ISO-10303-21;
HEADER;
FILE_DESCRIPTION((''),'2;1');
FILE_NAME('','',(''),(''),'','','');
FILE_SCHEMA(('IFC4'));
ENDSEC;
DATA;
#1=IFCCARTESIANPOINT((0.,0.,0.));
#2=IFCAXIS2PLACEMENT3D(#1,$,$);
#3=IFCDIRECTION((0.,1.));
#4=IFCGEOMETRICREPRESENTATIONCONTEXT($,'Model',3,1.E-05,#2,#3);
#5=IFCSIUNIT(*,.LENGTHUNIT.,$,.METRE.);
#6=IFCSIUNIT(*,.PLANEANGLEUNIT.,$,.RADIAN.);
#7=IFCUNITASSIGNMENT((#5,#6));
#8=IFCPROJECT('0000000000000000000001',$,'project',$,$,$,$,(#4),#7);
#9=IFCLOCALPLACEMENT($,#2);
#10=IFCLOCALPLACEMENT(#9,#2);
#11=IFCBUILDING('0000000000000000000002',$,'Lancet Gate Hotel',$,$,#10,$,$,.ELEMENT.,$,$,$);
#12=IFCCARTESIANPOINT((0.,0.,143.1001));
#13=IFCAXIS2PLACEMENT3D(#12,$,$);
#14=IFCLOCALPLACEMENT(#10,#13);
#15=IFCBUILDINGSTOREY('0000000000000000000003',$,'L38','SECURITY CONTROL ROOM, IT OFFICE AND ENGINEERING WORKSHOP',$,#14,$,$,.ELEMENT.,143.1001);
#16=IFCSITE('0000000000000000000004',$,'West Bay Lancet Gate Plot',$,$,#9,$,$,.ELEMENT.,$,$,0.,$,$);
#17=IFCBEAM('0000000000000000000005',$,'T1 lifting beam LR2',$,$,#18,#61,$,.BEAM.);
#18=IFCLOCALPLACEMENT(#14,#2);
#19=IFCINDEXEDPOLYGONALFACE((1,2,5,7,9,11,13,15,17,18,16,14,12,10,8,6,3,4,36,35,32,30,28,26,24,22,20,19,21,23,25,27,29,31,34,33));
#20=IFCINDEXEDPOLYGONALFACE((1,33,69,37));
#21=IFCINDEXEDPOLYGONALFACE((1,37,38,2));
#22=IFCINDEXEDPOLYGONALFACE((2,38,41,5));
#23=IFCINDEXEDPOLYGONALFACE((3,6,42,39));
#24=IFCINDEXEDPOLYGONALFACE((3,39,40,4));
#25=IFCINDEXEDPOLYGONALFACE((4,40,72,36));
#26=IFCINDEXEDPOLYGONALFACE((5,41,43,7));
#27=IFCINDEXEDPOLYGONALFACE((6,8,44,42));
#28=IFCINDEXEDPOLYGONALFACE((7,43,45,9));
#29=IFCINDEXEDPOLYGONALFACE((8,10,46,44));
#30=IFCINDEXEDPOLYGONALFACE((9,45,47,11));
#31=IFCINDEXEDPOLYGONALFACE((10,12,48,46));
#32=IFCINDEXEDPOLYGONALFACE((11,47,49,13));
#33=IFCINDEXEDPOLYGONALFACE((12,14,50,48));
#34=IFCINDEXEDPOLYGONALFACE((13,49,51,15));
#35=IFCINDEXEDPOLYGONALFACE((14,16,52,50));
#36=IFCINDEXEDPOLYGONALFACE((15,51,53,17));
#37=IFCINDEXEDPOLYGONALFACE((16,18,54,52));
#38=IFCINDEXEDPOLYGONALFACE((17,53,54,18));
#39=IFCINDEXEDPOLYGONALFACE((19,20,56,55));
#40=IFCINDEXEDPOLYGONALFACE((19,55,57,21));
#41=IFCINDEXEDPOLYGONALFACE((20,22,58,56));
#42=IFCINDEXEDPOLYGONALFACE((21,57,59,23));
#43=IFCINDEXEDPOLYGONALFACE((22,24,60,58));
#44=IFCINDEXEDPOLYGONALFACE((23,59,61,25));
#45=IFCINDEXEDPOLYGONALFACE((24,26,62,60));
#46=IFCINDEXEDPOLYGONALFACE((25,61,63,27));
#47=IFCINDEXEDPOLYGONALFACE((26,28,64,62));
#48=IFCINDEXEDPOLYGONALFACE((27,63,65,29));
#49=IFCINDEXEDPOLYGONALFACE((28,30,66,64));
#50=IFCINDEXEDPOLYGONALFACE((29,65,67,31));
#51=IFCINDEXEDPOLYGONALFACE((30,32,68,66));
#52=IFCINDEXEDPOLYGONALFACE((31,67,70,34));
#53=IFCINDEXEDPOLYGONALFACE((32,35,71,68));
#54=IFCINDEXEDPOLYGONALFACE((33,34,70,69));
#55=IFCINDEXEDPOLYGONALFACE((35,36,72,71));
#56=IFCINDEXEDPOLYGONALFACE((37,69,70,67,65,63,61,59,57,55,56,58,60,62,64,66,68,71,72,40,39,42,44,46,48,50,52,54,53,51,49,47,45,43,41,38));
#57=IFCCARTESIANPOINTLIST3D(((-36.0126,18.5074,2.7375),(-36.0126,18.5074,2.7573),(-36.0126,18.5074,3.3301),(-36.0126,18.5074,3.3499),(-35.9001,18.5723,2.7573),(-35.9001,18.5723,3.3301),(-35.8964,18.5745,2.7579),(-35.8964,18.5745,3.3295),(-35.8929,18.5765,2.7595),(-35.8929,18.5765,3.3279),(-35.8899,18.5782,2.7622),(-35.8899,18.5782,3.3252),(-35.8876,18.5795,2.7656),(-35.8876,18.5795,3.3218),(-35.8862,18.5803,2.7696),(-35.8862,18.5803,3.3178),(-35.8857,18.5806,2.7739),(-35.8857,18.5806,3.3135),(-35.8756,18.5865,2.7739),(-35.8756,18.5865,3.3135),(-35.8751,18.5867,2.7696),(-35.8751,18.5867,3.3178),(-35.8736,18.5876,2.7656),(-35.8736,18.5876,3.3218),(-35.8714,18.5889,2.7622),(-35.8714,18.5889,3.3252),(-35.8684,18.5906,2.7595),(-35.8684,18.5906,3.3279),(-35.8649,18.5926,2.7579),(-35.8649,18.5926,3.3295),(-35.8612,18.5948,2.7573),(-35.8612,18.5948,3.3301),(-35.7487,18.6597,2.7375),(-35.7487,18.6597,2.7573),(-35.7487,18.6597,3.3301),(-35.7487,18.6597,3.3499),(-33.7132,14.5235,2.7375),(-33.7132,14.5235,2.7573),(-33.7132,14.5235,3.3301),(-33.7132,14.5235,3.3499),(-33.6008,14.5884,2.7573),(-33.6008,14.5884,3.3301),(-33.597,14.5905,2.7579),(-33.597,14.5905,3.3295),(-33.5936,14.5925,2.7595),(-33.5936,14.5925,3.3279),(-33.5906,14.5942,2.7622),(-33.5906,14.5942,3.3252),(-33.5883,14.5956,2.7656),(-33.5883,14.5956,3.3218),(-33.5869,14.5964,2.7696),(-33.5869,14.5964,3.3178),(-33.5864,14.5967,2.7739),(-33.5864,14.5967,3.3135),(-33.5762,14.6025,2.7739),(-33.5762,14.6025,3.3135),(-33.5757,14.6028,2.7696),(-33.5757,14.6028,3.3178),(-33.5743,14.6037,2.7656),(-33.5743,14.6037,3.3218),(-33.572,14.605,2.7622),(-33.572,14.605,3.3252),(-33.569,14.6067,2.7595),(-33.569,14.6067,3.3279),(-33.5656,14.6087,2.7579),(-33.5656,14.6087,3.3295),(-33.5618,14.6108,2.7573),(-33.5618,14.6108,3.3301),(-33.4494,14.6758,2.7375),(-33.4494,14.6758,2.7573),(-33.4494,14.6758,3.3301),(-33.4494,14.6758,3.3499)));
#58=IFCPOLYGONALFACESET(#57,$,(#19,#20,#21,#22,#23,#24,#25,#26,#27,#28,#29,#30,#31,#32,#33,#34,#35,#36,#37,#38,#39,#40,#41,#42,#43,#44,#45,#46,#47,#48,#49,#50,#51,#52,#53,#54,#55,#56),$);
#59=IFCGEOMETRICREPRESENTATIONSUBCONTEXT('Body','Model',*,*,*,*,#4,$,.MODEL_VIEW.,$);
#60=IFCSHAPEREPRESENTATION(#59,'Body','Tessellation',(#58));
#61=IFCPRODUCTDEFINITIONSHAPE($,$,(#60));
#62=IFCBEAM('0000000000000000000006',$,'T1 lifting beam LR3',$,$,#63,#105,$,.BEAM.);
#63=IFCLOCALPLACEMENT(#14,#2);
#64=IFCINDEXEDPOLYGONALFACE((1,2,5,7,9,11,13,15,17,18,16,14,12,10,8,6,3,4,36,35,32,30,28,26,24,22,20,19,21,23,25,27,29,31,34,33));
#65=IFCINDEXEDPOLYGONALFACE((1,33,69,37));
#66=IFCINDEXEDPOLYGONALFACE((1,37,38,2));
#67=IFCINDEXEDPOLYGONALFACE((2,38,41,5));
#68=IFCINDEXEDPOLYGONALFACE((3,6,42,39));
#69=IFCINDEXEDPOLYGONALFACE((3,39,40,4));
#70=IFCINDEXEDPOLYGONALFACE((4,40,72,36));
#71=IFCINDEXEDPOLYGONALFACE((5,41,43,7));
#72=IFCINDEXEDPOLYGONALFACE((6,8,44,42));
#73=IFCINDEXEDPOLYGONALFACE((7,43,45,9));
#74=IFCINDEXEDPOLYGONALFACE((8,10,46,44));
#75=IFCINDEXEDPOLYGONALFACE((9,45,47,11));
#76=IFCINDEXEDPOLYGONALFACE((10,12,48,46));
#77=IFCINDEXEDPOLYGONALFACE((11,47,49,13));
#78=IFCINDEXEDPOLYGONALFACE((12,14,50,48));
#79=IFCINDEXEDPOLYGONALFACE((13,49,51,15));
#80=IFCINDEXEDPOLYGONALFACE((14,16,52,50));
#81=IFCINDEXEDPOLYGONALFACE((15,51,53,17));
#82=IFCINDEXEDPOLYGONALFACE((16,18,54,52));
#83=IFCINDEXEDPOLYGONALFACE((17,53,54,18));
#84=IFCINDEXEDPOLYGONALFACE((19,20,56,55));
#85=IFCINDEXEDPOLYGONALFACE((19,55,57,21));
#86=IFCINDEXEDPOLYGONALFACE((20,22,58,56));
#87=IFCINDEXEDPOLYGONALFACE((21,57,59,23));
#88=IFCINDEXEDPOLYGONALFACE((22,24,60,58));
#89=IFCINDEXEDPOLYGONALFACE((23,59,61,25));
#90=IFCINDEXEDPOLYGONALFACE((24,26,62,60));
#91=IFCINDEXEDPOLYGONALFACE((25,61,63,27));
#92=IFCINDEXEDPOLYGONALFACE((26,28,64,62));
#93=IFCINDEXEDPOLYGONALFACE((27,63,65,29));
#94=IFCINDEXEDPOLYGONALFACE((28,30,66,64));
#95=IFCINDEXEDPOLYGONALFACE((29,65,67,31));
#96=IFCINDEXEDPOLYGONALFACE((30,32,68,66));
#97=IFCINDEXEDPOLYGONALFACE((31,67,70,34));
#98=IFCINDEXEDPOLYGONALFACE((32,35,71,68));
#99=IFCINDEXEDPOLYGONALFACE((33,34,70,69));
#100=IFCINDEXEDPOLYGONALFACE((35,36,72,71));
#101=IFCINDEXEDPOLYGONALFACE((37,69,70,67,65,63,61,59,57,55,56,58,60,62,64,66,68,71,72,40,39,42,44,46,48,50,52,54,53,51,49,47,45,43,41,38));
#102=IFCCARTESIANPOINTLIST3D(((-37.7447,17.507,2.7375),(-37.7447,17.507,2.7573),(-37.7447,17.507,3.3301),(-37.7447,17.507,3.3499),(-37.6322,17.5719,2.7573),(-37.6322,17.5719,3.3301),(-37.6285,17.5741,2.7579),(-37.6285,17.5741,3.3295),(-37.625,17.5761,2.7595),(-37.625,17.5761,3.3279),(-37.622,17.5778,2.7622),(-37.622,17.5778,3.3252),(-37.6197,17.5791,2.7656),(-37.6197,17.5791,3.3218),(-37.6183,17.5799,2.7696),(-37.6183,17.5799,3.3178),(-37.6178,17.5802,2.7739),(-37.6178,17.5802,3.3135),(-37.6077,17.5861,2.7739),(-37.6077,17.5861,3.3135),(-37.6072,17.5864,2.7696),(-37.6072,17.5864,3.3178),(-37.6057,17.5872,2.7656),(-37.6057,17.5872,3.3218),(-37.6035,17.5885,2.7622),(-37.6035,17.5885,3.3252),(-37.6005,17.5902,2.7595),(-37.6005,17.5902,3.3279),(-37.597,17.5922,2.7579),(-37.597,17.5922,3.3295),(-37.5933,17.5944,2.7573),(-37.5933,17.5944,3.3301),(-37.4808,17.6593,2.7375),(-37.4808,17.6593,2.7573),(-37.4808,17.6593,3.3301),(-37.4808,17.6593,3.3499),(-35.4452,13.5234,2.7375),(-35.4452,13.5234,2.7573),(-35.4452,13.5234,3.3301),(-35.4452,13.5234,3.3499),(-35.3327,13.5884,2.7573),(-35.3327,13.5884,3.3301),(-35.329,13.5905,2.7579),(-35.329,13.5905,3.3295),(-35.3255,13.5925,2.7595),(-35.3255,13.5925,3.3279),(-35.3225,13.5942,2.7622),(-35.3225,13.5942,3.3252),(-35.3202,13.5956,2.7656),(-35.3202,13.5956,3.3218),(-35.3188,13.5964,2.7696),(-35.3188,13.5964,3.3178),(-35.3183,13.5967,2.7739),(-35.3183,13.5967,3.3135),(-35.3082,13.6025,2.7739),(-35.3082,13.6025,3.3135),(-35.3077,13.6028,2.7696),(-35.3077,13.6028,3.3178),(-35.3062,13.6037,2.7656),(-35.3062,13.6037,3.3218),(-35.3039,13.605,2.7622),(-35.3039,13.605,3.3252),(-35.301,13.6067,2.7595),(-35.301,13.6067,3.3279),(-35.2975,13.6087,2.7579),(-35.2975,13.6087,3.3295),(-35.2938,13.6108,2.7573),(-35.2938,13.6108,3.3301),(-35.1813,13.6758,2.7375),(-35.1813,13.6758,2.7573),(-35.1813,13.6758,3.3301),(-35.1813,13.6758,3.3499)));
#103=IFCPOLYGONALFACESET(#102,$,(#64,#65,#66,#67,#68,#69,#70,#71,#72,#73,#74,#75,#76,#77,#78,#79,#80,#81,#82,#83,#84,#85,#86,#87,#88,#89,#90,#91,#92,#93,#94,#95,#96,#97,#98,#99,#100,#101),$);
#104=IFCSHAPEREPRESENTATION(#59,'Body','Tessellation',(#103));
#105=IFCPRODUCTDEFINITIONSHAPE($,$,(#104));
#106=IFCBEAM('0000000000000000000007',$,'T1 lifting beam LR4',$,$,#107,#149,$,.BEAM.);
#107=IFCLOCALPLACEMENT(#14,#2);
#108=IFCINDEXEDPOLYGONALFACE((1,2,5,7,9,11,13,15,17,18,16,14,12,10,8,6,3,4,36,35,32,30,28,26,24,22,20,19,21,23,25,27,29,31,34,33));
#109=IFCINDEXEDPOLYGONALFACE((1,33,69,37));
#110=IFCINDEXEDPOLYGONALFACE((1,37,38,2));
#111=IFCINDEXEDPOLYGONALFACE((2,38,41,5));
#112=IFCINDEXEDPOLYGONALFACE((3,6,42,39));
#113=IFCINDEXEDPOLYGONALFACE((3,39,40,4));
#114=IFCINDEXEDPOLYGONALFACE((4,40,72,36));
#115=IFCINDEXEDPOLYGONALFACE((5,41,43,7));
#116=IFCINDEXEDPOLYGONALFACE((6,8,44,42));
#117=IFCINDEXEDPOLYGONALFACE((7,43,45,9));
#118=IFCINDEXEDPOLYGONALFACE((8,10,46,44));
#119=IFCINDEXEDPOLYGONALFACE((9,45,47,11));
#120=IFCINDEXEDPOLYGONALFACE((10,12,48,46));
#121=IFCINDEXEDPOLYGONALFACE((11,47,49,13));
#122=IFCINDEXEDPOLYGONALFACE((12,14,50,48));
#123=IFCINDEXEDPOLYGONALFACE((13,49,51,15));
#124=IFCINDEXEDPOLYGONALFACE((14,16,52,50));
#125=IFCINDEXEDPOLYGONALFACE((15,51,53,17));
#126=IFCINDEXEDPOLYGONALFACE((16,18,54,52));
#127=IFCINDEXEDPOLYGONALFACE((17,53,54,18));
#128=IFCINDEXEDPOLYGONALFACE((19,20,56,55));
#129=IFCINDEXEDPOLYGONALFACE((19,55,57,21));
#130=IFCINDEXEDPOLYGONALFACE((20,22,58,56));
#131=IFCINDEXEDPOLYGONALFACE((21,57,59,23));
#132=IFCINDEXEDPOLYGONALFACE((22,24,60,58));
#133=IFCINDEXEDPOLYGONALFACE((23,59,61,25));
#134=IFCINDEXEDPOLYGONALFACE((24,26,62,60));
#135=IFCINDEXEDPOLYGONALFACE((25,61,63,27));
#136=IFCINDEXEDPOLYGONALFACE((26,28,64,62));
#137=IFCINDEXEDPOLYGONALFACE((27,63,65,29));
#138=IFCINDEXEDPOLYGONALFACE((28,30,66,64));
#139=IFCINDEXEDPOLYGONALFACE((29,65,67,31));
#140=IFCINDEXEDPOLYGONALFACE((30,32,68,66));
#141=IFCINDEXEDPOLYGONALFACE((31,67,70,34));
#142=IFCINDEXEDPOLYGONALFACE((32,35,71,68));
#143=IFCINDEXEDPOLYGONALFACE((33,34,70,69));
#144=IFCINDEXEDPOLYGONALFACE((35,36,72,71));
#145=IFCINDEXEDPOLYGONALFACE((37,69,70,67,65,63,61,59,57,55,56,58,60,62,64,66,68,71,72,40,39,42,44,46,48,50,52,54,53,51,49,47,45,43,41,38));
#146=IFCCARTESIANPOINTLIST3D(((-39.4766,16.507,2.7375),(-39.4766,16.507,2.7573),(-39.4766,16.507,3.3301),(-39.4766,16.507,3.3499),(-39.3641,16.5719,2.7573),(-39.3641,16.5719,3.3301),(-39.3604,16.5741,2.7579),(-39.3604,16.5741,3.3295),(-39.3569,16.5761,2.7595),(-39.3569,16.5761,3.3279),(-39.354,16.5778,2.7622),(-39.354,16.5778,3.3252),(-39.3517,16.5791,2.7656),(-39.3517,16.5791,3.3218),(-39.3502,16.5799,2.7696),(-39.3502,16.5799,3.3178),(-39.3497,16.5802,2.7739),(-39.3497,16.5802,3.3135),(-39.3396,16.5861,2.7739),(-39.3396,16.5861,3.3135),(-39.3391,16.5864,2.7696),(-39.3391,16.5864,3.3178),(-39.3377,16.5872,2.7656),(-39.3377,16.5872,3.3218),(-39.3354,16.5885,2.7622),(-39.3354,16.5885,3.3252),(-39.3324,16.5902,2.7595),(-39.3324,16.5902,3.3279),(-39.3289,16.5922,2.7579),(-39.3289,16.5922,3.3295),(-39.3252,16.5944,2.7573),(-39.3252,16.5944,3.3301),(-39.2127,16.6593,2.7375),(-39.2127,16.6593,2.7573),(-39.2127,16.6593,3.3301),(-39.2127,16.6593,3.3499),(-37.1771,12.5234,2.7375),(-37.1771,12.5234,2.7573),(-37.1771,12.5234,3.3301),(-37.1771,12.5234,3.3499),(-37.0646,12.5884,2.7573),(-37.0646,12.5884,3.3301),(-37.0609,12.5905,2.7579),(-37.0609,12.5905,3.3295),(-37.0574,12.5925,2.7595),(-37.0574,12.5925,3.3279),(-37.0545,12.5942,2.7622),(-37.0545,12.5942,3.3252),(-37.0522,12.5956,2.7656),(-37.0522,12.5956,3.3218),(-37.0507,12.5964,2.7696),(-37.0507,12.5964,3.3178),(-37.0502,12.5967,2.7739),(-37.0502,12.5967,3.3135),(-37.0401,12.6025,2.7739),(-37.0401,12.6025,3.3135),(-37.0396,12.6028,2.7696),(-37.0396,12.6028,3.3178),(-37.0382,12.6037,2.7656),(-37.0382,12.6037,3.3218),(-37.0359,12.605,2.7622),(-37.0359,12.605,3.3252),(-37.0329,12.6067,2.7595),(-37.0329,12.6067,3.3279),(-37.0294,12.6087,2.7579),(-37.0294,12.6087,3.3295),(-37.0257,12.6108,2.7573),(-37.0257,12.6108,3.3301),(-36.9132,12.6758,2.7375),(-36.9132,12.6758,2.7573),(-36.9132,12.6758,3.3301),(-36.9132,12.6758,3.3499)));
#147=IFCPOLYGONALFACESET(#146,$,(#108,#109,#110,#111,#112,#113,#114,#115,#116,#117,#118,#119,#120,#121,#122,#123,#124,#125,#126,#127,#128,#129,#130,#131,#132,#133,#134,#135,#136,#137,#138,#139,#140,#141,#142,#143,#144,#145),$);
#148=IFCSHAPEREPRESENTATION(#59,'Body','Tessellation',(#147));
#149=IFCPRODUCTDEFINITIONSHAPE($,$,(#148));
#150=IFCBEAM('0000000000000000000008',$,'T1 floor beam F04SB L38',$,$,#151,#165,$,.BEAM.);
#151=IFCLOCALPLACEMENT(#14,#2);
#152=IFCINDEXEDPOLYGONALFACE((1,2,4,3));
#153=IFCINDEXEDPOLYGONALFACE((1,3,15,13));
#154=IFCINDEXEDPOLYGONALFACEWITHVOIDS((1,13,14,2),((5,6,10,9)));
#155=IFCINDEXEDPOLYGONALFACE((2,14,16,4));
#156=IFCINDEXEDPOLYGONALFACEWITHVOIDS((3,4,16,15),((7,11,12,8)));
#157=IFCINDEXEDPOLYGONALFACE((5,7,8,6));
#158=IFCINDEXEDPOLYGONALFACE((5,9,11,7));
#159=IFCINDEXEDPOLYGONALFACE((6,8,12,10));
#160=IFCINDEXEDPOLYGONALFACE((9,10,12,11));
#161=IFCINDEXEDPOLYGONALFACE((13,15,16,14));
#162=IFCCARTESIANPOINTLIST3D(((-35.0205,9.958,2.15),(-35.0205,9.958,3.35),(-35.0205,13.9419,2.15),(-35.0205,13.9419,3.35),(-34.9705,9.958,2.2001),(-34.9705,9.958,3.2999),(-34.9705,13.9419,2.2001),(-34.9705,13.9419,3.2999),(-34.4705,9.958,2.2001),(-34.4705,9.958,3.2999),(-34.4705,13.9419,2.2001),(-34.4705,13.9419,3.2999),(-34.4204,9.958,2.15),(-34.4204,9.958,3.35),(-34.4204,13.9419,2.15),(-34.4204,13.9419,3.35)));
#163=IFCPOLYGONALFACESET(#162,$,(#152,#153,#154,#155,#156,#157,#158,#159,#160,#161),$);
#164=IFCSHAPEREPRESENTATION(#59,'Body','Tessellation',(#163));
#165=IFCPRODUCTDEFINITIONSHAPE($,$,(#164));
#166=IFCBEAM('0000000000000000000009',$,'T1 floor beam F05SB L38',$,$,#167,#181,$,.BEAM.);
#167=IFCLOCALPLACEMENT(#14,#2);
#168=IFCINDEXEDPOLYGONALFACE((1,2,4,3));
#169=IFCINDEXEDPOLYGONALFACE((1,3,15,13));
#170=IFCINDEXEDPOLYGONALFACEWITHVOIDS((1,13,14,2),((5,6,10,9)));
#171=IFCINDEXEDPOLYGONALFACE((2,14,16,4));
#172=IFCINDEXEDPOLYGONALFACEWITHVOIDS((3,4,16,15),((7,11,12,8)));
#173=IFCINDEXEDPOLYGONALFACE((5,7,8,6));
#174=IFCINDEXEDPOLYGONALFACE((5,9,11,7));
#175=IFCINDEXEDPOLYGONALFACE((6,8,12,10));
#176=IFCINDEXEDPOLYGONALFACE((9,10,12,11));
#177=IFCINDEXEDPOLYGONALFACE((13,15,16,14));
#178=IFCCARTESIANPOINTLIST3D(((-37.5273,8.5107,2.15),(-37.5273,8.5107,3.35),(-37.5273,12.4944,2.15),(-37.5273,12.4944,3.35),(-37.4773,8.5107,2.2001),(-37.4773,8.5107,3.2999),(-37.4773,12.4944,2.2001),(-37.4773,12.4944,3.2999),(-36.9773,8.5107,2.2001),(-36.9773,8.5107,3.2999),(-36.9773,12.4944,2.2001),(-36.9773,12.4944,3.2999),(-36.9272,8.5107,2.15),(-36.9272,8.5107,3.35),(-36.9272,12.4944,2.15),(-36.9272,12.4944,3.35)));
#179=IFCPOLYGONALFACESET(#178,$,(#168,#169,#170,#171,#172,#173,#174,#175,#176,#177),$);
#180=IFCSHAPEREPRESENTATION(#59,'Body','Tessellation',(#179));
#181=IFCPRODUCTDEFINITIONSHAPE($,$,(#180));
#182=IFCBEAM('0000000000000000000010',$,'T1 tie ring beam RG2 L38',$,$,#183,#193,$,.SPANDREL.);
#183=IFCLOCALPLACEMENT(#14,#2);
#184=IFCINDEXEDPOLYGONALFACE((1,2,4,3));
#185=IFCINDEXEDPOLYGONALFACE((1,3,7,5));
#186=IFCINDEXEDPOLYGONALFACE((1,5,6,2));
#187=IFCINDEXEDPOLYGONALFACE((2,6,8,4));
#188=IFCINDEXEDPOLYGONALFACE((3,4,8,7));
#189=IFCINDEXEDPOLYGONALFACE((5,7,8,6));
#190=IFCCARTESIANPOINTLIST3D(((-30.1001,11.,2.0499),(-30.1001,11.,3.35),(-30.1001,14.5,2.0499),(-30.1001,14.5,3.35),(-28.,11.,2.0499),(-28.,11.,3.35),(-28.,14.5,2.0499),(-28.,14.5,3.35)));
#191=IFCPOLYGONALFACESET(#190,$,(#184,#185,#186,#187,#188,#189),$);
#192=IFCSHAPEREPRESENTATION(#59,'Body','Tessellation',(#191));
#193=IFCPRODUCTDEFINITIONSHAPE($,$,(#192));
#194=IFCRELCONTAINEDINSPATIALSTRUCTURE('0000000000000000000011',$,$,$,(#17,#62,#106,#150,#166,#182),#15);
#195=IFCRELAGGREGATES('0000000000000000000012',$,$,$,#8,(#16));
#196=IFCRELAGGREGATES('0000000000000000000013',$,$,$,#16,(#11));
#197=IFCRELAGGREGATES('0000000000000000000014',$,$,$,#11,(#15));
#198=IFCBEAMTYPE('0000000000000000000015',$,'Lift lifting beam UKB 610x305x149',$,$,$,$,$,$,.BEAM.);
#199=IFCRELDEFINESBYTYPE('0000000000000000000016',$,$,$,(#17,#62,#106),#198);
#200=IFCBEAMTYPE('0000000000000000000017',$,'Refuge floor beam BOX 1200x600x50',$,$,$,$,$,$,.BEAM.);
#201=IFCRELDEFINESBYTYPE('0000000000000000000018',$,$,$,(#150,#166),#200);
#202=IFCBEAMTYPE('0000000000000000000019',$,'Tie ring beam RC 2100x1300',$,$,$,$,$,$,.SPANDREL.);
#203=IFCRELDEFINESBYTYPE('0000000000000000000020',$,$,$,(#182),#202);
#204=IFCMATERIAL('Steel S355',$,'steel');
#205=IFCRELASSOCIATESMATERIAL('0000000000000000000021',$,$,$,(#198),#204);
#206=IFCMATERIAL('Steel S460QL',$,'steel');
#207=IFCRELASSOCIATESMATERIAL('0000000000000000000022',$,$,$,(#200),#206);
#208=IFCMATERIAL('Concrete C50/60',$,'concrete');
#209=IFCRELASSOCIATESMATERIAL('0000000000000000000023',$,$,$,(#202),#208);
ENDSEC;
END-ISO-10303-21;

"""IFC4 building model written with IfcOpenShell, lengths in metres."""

from ifc_helpers import new_model, si_unit, direction, frame, origin, origin_2d, place, context, subcontext, project, spatial, rectangle, hollow_rectangle, i_section, extrude, material, material_profile, profile_set, type_object, element, save


model = new_model("IFC4")

# Units and contexts
model_context = context("Model", 3, precision=1e-05, world=origin(), true_north=direction((0.0, 1.0)))
body_context = subcontext(model_context, "Body", "Model", "MODEL_VIEW")
ifc_project = project(units=[si_unit("LENGTHUNIT", "METRE"), si_unit("PLANEANGLEUNIT", "RADIAN")], contexts=[model_context])

# Site, building, storey
site_placement = place(None, origin())
site = spatial("IfcSite", under=ifc_project, at=site_placement, Name="West Bay Lancet Gate Plot", CompositionType="ELEMENT", RefElevation=0.0)
building_placement = place(site_placement, origin())
building = spatial("IfcBuilding", under=site, at=building_placement, Name="Lancet Gate Hotel", CompositionType="ELEMENT")
storey_placement = place(building_placement, frame((0.0, 0.0, 143.1001)))
storey = spatial("IfcBuildingStorey", under=building, at=storey_placement, Name="L38", Description="SECURITY CONTROL ROOM, IT OFFICE AND ENGINEERING WORKSHOP", CompositionType="ELEMENT", Elevation=143.1001)

# Beams
ifc_material_1 = material(Name="Steel S355", Category="steel")
ifc_material_profile_1 = material_profile(ifc_material_1, i_section(OverallWidth=0.3047, OverallDepth=0.6123, WebThickness=0.0117, FlangeThickness=0.0198, FilletRadius=0.0166, at=origin_2d()), Name="UKB 610x305x149")
ifc_profile_set_1 = profile_set([ifc_material_profile_1], Name="Steel S355")
beam_type_1 = type_object("IfcBeamType", Name="Lift lifting beam UKB 610x305x149", PredefinedType="BEAM", material=ifc_profile_set_1)
beam_1_placement = place(storey_placement, frame((-33.5813, 14.5996, 3.0437), z_axis=(-0.499873, 0.866099, 0.0), x_axis=(-0.866099, -0.499873, 0.0)))
element("IfcBeam", 1, at=beam_1_placement, inside=storey, type_object=beam_type_1, Name="T1 lifting beam LR2", PredefinedType="BEAM", context=body_context, shape_type="SweptSolid", body=[
    extrude(i_section(OverallWidth=0.3047, OverallDepth=0.6123, WebThickness=0.0117, FlangeThickness=0.0198, FilletRadius=0.0166, at=origin_2d()), origin(), (0.0, 0.0, 1.0), 4.5999),
])
for number, where, z_axis, x_axis, name in (
    (2, (-35.3132, 13.5996, 3.0437), (-0.499935, 0.866063, 0.0), (-0.866063, -0.499935, 0.0), "T1 lifting beam LR3"),
    (3, (-37.0452, 12.5996, 3.0437), (-0.499935, 0.866063, 0.0), (-0.866063, -0.499935, 0.0), "T1 lifting beam LR4"),
):
    element("IfcBeam", number, at=place(storey_placement, frame(where, z_axis=z_axis, x_axis=x_axis)), inside=storey, type_object=beam_type_1, Name=name, PredefinedType="BEAM", context=body_context, shape_type="SweptSolid", body=[
        extrude(i_section(OverallWidth=0.3047, OverallDepth=0.6123, WebThickness=0.0117, FlangeThickness=0.0198, FilletRadius=0.0166, at=origin_2d()), origin(), (0.0, 0.0, 1.0), 4.5996),
    ])
ifc_material_2 = material(Name="Steel S460QL", Category="steel")
ifc_material_profile_2 = material_profile(ifc_material_2, hollow_rectangle(XDim=0.6001, YDim=1.2, WallThickness=0.05, at=origin_2d()), Name="BOX 1200x600x50")
ifc_profile_set_2 = profile_set([ifc_material_profile_2], Name="Steel S460QL")
beam_type_2 = type_object("IfcBeamType", Name="Refuge floor beam BOX 1200x600x50", PredefinedType="BEAM", material=ifc_profile_set_2)
beam_2_placement = place(storey_placement, frame((-34.7205, 13.9419, 2.75), z_axis=(0.0, -1.0, 0.0), x_axis=(1.0, 0.0, 0.0)))
element("IfcBeam", 4, at=beam_2_placement, inside=storey, type_object=beam_type_2, Name="T1 floor beam F04SB L38", PredefinedType="BEAM", context=body_context, shape_type="SweptSolid", body=[
    extrude(hollow_rectangle(XDim=0.6001, YDim=1.2, WallThickness=0.05, at=origin_2d()), origin(), (0.0, 0.0, 1.0), 3.9839),
])
beam_3_placement = place(storey_placement, frame((-37.2273, 12.4944, 2.75), z_axis=(0.0, -1.0, 0.0), x_axis=(1.0, 0.0, 0.0)))
element("IfcBeam", 5, at=beam_3_placement, inside=storey, type_object=beam_type_2, Name="T1 floor beam F05SB L38", PredefinedType="BEAM", context=body_context, shape_type="SweptSolid", body=[
    extrude(hollow_rectangle(XDim=0.6001, YDim=1.2, WallThickness=0.05, at=origin_2d()), origin(), (0.0, 0.0, 1.0), 3.9836),
])
ifc_material_3 = material(Name="Concrete C50/60", Category="concrete")
ifc_material_profile_3 = material_profile(ifc_material_3, rectangle(XDim=2.1001, YDim=1.3, at=origin_2d()), Name="RC 2100x1300")
ifc_profile_set_3 = profile_set([ifc_material_profile_3], Name="Concrete C50/60")
beam_type_3 = type_object("IfcBeamType", Name="Tie ring beam RC 2100x1300", PredefinedType="SPANDREL", material=ifc_profile_set_3)
beam_4_placement = place(storey_placement, frame((-29.05, 14.5, 2.7), z_axis=(0.0, -1.0, 0.0), x_axis=(1.0, 0.0, 0.0)))
element("IfcBeam", 6, at=beam_4_placement, inside=storey, type_object=beam_type_3, Name="T1 tie ring beam RG2 L38", PredefinedType="SPANDREL", context=body_context, shape_type="SweptSolid", body=[
    extrude(rectangle(XDim=2.1001, YDim=1.3, at=origin_2d()), origin(), (0.0, 0.0, 1.0), 3.5),
])

save(model, "model.ifc")
